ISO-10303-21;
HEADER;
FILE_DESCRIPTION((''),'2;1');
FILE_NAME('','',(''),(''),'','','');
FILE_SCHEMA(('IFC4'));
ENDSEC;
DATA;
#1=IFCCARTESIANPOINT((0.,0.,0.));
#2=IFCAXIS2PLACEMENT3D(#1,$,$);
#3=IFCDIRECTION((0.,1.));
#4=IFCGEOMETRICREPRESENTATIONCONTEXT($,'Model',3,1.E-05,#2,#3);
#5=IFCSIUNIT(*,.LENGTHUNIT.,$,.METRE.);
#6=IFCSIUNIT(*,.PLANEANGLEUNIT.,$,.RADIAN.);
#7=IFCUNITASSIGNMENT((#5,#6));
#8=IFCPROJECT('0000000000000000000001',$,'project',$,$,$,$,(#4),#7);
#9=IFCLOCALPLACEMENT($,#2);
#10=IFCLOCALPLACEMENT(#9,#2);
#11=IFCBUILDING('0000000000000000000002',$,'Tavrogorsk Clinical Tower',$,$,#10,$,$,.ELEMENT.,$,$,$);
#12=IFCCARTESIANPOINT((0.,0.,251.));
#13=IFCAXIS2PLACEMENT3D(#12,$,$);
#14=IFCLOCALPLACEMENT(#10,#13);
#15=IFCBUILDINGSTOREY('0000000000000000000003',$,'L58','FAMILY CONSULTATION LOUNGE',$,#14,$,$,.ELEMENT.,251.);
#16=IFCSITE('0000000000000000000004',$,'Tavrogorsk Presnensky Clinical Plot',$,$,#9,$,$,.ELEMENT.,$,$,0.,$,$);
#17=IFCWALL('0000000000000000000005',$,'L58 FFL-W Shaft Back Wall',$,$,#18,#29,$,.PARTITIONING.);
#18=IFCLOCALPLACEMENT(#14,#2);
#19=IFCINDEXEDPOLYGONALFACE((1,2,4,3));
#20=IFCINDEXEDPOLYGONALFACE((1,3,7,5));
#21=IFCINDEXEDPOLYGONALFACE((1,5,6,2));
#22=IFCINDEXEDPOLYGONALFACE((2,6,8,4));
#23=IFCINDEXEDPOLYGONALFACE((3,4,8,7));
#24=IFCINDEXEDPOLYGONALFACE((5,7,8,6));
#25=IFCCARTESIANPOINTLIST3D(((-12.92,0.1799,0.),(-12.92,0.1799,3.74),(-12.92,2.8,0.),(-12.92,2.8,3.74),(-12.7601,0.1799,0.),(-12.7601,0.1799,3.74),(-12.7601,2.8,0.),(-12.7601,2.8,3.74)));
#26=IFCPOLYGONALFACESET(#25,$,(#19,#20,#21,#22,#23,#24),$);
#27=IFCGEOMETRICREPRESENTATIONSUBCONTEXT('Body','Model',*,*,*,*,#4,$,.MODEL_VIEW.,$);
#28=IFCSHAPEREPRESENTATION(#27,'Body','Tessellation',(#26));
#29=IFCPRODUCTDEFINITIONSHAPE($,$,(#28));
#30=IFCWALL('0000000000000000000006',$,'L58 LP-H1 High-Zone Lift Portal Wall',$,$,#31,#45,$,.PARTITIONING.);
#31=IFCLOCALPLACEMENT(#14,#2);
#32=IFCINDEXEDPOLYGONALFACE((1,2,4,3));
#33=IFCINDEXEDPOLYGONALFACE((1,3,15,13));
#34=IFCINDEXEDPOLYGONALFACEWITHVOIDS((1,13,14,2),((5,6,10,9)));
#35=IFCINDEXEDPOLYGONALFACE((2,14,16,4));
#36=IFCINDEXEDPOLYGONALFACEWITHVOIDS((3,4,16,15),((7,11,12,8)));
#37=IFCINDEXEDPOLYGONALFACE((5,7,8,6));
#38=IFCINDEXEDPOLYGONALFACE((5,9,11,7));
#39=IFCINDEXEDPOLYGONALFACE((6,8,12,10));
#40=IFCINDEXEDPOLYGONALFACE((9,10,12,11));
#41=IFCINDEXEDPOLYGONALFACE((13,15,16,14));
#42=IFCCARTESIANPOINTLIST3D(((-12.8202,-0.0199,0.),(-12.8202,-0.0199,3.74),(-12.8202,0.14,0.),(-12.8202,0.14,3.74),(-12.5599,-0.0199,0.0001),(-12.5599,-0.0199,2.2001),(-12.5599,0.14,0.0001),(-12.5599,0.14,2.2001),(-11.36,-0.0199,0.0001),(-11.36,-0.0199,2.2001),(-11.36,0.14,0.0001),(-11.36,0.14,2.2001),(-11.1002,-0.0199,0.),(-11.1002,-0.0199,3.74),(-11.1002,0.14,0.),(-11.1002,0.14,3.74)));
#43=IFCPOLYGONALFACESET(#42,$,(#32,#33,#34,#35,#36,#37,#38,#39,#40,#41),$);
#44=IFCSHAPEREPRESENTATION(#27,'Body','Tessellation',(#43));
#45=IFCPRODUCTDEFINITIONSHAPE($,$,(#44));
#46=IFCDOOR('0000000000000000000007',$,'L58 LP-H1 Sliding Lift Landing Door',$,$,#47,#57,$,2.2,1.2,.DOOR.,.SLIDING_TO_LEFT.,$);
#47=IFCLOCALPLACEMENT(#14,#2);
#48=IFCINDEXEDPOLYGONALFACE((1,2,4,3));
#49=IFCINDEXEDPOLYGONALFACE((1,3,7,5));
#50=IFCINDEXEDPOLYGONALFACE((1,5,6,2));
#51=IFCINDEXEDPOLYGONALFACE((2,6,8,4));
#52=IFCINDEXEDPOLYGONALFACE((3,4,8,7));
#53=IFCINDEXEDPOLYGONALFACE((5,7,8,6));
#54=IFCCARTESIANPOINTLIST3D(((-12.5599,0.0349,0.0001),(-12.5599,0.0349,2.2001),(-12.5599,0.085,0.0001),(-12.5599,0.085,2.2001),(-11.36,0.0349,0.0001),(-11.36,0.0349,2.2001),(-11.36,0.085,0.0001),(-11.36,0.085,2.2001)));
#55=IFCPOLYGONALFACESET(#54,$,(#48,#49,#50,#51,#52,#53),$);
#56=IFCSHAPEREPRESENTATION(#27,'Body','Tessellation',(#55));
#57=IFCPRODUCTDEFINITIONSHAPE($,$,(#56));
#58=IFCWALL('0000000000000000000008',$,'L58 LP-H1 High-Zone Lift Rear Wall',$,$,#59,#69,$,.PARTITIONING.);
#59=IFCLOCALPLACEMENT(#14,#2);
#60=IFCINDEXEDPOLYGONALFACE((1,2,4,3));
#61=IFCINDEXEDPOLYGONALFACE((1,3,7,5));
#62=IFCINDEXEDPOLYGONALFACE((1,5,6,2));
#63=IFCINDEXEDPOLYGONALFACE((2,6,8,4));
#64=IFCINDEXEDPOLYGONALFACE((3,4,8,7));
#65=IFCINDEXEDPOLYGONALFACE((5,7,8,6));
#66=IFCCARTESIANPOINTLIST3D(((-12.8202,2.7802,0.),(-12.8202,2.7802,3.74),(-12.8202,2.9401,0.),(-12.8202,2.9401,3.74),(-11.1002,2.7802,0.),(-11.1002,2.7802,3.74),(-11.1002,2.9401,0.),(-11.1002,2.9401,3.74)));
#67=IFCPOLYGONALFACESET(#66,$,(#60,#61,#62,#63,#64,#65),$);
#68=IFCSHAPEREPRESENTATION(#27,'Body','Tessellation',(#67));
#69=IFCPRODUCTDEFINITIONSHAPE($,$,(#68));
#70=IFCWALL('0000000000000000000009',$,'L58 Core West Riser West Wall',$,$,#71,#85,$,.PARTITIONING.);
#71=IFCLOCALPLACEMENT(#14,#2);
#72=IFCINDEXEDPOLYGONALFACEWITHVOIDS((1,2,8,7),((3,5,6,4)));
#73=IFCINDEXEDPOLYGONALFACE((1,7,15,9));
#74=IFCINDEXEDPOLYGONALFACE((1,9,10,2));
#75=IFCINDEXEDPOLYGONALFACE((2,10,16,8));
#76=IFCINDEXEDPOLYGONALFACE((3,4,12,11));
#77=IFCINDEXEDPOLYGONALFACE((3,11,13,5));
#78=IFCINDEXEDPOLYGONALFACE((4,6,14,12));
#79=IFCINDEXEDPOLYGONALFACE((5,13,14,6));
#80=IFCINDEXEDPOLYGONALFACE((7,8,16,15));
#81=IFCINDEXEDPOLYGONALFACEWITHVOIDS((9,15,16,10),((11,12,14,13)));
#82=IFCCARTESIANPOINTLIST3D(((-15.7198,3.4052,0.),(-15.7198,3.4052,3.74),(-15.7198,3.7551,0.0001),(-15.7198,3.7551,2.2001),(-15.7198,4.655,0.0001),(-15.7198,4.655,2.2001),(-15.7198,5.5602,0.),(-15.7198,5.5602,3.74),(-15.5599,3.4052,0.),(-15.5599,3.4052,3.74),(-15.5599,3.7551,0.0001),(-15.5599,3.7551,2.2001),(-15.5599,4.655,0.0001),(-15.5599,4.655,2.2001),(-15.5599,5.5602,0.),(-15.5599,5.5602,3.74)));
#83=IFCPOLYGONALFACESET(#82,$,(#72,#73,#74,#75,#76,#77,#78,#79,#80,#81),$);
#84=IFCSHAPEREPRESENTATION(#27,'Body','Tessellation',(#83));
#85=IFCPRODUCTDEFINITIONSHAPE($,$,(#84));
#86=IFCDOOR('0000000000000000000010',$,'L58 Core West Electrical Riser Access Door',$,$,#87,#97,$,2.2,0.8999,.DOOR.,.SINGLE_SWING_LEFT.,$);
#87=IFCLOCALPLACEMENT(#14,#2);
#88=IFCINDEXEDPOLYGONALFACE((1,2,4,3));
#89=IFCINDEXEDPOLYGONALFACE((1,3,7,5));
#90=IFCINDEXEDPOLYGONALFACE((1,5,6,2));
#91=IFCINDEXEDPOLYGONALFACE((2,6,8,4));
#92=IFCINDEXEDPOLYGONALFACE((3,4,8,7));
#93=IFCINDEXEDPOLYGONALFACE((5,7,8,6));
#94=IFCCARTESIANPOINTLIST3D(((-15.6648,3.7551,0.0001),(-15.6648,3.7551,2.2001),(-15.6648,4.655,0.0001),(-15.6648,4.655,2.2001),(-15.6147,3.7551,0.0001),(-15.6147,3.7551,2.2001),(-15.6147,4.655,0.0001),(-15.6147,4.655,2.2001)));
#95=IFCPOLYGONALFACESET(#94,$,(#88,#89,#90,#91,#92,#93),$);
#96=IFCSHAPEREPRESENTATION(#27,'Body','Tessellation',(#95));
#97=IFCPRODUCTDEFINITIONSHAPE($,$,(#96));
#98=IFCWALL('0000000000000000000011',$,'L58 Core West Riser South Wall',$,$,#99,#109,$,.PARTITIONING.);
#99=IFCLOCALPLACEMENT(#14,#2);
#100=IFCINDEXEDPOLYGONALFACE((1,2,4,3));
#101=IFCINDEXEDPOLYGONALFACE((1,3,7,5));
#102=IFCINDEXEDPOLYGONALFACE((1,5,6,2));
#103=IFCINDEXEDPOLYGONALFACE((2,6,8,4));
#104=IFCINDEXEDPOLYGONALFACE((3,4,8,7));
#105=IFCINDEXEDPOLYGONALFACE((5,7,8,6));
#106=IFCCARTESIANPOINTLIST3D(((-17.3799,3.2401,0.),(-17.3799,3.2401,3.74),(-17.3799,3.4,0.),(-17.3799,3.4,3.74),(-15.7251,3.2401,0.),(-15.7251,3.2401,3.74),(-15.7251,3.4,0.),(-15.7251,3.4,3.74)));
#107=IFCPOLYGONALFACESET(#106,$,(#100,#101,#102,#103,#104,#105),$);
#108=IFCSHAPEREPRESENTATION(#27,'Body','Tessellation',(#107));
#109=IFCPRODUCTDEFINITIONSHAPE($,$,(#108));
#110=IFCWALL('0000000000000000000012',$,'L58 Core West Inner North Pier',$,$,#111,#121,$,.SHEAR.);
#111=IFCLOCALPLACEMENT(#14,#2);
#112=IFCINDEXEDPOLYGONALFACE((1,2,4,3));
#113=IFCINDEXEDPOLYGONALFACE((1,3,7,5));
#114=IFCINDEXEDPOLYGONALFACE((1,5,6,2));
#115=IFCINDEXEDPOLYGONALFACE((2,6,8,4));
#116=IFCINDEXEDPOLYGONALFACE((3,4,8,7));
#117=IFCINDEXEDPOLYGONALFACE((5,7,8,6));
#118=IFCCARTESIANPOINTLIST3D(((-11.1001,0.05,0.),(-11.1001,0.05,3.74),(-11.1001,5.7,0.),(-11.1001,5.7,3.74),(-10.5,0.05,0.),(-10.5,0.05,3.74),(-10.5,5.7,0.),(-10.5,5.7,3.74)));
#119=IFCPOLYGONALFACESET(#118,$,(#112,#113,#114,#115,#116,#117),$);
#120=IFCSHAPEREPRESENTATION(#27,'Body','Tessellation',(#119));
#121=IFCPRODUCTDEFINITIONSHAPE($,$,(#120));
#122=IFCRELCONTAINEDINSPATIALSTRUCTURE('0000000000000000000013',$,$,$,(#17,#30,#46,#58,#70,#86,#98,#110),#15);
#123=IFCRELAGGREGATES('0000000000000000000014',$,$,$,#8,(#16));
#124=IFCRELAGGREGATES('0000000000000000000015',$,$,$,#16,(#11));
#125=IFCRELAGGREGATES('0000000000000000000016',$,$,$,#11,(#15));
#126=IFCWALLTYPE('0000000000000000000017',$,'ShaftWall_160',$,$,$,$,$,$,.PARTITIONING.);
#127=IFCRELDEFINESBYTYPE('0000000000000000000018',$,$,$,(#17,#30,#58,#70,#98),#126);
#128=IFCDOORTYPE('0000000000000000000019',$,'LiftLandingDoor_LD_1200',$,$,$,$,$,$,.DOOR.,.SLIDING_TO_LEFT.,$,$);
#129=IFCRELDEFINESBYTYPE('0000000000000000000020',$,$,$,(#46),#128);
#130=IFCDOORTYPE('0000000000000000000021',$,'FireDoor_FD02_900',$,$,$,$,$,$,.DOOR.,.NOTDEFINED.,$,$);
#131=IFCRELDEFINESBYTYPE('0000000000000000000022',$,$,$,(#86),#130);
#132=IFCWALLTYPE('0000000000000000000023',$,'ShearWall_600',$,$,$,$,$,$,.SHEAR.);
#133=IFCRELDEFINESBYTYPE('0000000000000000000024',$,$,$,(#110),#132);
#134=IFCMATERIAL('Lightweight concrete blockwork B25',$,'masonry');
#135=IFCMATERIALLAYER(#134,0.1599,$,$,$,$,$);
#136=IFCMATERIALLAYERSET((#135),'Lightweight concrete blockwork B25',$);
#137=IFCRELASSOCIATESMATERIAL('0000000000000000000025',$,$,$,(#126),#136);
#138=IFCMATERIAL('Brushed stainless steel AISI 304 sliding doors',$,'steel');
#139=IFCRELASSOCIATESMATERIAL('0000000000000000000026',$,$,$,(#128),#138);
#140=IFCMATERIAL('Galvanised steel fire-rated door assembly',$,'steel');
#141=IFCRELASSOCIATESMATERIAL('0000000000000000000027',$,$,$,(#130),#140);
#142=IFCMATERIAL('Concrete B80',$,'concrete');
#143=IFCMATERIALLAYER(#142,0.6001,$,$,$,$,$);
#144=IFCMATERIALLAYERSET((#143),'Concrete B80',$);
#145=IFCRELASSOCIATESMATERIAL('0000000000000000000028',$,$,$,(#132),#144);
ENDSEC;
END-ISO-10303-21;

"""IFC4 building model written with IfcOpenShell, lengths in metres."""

from ifc_helpers import new_model, si_unit, direction, frame, frame_2d, origin, place, context, subcontext, project, spatial, rectangle, extrude, material, layer, layer_set, type_object, element, fill, save


model = new_model("IFC4")

# Units and contexts
model_context = context("Model", 3, precision=1e-05, world=origin(), true_north=direction((0.0, 1.0)))
body_context = subcontext(model_context, "Body", "Model", "MODEL_VIEW")
ifc_project = project(units=[si_unit("LENGTHUNIT", "METRE"), si_unit("PLANEANGLEUNIT", "RADIAN")], contexts=[model_context])

# Site, building, storey
site_placement = place(None, origin())
site = spatial("IfcSite", under=ifc_project, at=site_placement, Name="Tavrogorsk Presnensky Clinical Plot", CompositionType="ELEMENT", RefElevation=0.0)
building_placement = place(site_placement, origin())
building = spatial("IfcBuilding", under=site, at=building_placement, Name="Tavrogorsk Clinical Tower", CompositionType="ELEMENT")
storey_placement = place(building_placement, frame((0.0, 0.0, 251.0)))
storey = spatial("IfcBuildingStorey", under=building, at=storey_placement, Name="L58", Description="FAMILY CONSULTATION LOUNGE", CompositionType="ELEMENT", Elevation=251.0)

# Shared definitions
ifc_material_1 = material(Name="Lightweight concrete blockwork B25", Category="masonry")
ifc_layer_1 = layer(ifc_material_1, 0.1599)
ifc_layer_set_1 = layer_set([ifc_layer_1], Name="Lightweight concrete blockwork B25")
wall_type_1 = type_object("IfcWallType", Name="ShaftWall_160", PredefinedType="PARTITIONING", material=ifc_layer_set_1)
ifc_material_2 = material(Name="Brushed stainless steel AISI 304 sliding doors", Category="steel")
door_type_1 = type_object("IfcDoorType", Name="LiftLandingDoor_LD_1200", OperationType="SLIDING_TO_LEFT", PredefinedType="DOOR", material=ifc_material_2)

# Wall
wall_1_placement = place(storey_placement, frame((-12.8401, 0.1799, 0.0), z_axis=(0.0, 0.0, 1.0), x_axis=(0.0, 1.0, 0.0)))
element("IfcWall", 1, at=wall_1_placement, inside=storey, type_object=wall_type_1, Name="L58 FFL-W Shaft Back Wall", PredefinedType="PARTITIONING", context=body_context, shape_type="SweptSolid", body=[
    extrude(rectangle(XDim=2.6201, YDim=0.1599, at=frame_2d((1.3101, 0.0))), origin(), (0.0, 0.0, 1.0), 3.74),
])

# Wall, opening, door
wall_2_placement = place(storey_placement, frame((-12.8201, 0.0601, 0.0), z_axis=(0.0, 0.0, 1.0), x_axis=(1.0, 0.0, 0.0)))
wall_2 = element("IfcWall", 2, at=wall_2_placement, inside=storey, type_object=wall_type_1, Name="L58 LP-H1 High-Zone Lift Portal Wall", PredefinedType="PARTITIONING", context=body_context, shape_type="SweptSolid", body=[
    extrude(rectangle(XDim=1.72, YDim=0.1599, at=frame_2d((0.8599, 0.0))), origin(), (0.0, 0.0, 1.0), 3.74),
])
opening_1_placement = place(wall_2_placement, frame((0.26, 0.0, 0.0)))
opening_1 = element("IfcOpeningElement", 3, at=opening_1_placement, cuts=wall_2, PredefinedType="OPENING", context=body_context, shape_type="SweptSolid", body=[
    extrude(rectangle(XDim=1.2, YDim=2.2, at=frame_2d((0.6001, 1.1001))), frame((0.0, 0.0898, 0.0), z_axis=(0.0, -1.0, 0.0), x_axis=(1.0, 0.0, 0.0)), (0.0, 0.0, 1.0), 0.1799),
])
door_1_placement = place(opening_1_placement, origin())
door_1 = element("IfcDoor", 4, at=door_1_placement, inside=storey, type_object=door_type_1, Name="L58 LP-H1 Sliding Lift Landing Door", OperationType="SLIDING_TO_LEFT", OverallHeight=2.2, OverallWidth=1.2, PredefinedType="DOOR", context=body_context, shape_type="SweptSolid", body=[
    extrude(rectangle(XDim=1.2, YDim=2.2, at=frame_2d((0.6001, 1.1001))), frame((0.0, 0.0249, 0.0), z_axis=(0.0, -1.0, 0.0), x_axis=(1.0, 0.0, 0.0)), (0.0, 0.0, 1.0), 0.05),
])
fill(opening_1, door_1)

# Wall
wall_3_placement = place(storey_placement, frame((-12.8201, 2.8601, 0.0), z_axis=(0.0, 0.0, 1.0), x_axis=(1.0, 0.0, 0.0)))
element("IfcWall", 5, at=wall_3_placement, inside=storey, type_object=wall_type_1, Name="L58 LP-H1 High-Zone Lift Rear Wall", PredefinedType="PARTITIONING", context=body_context, shape_type="SweptSolid", body=[
    extrude(rectangle(XDim=1.72, YDim=0.1599, at=frame_2d((0.8599, 0.0))), origin(), (0.0, 0.0, 1.0), 3.74),
])

# Wall, opening, door
wall_4_placement = place(storey_placement, frame((-15.6399, 3.405, 0.0), z_axis=(0.0, 0.0, 1.0), x_axis=(0.0, 1.0, 0.0)))
wall_4 = element("IfcWall", 6, at=wall_4_placement, inside=storey, type_object=wall_type_1, Name="L58 Core West Riser West Wall", PredefinedType="PARTITIONING", context=body_context, shape_type="SweptSolid", body=[
    extrude(rectangle(XDim=2.155, YDim=0.1599, at=frame_2d((1.0776, 0.0))), origin(), (0.0, 0.0, 1.0), 3.74),
])
opening_2_placement = place(wall_4_placement, frame((0.3501, 0.0, 0.0)))
opening_2 = element("IfcOpeningElement", 7, at=opening_2_placement, cuts=wall_4, PredefinedType="OPENING", context=body_context, shape_type="SweptSolid", body=[
    extrude(rectangle(XDim=0.8999, YDim=2.2, at=frame_2d((0.45, 1.1001))), frame((0.0, 0.0898, 0.0), z_axis=(0.0, -1.0, 0.0), x_axis=(1.0, 0.0, 0.0)), (0.0, 0.0, 1.0), 0.1799),
])
ifc_material_3 = material(Name="Galvanised steel fire-rated door assembly", Category="steel")
door_type_2 = type_object("IfcDoorType", Name="FireDoor_FD02_900", OperationType="NOTDEFINED", PredefinedType="DOOR", material=ifc_material_3)
door_2_placement = place(opening_2_placement, origin())
door_2 = element("IfcDoor", 8, at=door_2_placement, inside=storey, type_object=door_type_2, Name="L58 Core West Electrical Riser Access Door", OperationType="SINGLE_SWING_LEFT", OverallHeight=2.2, OverallWidth=0.8999, PredefinedType="DOOR", context=body_context, shape_type="SweptSolid", body=[
    extrude(rectangle(XDim=0.8999, YDim=2.2, at=frame_2d((0.45, 1.1001))), frame((0.0, 0.0249, 0.0), z_axis=(0.0, -1.0, 0.0), x_axis=(1.0, 0.0, 0.0)), (0.0, 0.0, 1.0), 0.05),
])
fill(opening_2, door_2)

# Walls
wall_5_placement = place(storey_placement, frame((-17.3799, 3.3201, 0.0), z_axis=(0.0, 0.0, 1.0), x_axis=(1.0, 0.0, 0.0)))
element("IfcWall", 9, at=wall_5_placement, inside=storey, type_object=wall_type_1, Name="L58 Core West Riser South Wall", PredefinedType="PARTITIONING", context=body_context, shape_type="SweptSolid", body=[
    extrude(rectangle(XDim=1.6548, YDim=0.1599, at=frame_2d((0.8274, 0.0))), origin(), (0.0, 0.0, 1.0), 3.74),
])
ifc_material_4 = material(Name="Concrete B80", Category="concrete")
ifc_layer_2 = layer(ifc_material_4, 0.6001)
ifc_layer_set_2 = layer_set([ifc_layer_2], Name="Concrete B80")
wall_type_2 = type_object("IfcWallType", Name="ShearWall_600", PredefinedType="SHEAR", material=ifc_layer_set_2)
wall_6_placement = place(storey_placement, frame((-10.8, 0.05, 0.0), z_axis=(0.0, 0.0, 1.0), x_axis=(0.0, 1.0, 0.0)))
element("IfcWall", 10, at=wall_6_placement, inside=storey, type_object=wall_type_2, Name="L58 Core West Inner North Pier", PredefinedType="SHEAR", context=body_context, shape_type="SweptSolid", body=[
    extrude(rectangle(XDim=5.6499, YDim=0.6001, at=frame_2d((2.825, 0.0))), origin(), (0.0, 0.0, 1.0), 3.74),
])

save(model, "model.ifc")
